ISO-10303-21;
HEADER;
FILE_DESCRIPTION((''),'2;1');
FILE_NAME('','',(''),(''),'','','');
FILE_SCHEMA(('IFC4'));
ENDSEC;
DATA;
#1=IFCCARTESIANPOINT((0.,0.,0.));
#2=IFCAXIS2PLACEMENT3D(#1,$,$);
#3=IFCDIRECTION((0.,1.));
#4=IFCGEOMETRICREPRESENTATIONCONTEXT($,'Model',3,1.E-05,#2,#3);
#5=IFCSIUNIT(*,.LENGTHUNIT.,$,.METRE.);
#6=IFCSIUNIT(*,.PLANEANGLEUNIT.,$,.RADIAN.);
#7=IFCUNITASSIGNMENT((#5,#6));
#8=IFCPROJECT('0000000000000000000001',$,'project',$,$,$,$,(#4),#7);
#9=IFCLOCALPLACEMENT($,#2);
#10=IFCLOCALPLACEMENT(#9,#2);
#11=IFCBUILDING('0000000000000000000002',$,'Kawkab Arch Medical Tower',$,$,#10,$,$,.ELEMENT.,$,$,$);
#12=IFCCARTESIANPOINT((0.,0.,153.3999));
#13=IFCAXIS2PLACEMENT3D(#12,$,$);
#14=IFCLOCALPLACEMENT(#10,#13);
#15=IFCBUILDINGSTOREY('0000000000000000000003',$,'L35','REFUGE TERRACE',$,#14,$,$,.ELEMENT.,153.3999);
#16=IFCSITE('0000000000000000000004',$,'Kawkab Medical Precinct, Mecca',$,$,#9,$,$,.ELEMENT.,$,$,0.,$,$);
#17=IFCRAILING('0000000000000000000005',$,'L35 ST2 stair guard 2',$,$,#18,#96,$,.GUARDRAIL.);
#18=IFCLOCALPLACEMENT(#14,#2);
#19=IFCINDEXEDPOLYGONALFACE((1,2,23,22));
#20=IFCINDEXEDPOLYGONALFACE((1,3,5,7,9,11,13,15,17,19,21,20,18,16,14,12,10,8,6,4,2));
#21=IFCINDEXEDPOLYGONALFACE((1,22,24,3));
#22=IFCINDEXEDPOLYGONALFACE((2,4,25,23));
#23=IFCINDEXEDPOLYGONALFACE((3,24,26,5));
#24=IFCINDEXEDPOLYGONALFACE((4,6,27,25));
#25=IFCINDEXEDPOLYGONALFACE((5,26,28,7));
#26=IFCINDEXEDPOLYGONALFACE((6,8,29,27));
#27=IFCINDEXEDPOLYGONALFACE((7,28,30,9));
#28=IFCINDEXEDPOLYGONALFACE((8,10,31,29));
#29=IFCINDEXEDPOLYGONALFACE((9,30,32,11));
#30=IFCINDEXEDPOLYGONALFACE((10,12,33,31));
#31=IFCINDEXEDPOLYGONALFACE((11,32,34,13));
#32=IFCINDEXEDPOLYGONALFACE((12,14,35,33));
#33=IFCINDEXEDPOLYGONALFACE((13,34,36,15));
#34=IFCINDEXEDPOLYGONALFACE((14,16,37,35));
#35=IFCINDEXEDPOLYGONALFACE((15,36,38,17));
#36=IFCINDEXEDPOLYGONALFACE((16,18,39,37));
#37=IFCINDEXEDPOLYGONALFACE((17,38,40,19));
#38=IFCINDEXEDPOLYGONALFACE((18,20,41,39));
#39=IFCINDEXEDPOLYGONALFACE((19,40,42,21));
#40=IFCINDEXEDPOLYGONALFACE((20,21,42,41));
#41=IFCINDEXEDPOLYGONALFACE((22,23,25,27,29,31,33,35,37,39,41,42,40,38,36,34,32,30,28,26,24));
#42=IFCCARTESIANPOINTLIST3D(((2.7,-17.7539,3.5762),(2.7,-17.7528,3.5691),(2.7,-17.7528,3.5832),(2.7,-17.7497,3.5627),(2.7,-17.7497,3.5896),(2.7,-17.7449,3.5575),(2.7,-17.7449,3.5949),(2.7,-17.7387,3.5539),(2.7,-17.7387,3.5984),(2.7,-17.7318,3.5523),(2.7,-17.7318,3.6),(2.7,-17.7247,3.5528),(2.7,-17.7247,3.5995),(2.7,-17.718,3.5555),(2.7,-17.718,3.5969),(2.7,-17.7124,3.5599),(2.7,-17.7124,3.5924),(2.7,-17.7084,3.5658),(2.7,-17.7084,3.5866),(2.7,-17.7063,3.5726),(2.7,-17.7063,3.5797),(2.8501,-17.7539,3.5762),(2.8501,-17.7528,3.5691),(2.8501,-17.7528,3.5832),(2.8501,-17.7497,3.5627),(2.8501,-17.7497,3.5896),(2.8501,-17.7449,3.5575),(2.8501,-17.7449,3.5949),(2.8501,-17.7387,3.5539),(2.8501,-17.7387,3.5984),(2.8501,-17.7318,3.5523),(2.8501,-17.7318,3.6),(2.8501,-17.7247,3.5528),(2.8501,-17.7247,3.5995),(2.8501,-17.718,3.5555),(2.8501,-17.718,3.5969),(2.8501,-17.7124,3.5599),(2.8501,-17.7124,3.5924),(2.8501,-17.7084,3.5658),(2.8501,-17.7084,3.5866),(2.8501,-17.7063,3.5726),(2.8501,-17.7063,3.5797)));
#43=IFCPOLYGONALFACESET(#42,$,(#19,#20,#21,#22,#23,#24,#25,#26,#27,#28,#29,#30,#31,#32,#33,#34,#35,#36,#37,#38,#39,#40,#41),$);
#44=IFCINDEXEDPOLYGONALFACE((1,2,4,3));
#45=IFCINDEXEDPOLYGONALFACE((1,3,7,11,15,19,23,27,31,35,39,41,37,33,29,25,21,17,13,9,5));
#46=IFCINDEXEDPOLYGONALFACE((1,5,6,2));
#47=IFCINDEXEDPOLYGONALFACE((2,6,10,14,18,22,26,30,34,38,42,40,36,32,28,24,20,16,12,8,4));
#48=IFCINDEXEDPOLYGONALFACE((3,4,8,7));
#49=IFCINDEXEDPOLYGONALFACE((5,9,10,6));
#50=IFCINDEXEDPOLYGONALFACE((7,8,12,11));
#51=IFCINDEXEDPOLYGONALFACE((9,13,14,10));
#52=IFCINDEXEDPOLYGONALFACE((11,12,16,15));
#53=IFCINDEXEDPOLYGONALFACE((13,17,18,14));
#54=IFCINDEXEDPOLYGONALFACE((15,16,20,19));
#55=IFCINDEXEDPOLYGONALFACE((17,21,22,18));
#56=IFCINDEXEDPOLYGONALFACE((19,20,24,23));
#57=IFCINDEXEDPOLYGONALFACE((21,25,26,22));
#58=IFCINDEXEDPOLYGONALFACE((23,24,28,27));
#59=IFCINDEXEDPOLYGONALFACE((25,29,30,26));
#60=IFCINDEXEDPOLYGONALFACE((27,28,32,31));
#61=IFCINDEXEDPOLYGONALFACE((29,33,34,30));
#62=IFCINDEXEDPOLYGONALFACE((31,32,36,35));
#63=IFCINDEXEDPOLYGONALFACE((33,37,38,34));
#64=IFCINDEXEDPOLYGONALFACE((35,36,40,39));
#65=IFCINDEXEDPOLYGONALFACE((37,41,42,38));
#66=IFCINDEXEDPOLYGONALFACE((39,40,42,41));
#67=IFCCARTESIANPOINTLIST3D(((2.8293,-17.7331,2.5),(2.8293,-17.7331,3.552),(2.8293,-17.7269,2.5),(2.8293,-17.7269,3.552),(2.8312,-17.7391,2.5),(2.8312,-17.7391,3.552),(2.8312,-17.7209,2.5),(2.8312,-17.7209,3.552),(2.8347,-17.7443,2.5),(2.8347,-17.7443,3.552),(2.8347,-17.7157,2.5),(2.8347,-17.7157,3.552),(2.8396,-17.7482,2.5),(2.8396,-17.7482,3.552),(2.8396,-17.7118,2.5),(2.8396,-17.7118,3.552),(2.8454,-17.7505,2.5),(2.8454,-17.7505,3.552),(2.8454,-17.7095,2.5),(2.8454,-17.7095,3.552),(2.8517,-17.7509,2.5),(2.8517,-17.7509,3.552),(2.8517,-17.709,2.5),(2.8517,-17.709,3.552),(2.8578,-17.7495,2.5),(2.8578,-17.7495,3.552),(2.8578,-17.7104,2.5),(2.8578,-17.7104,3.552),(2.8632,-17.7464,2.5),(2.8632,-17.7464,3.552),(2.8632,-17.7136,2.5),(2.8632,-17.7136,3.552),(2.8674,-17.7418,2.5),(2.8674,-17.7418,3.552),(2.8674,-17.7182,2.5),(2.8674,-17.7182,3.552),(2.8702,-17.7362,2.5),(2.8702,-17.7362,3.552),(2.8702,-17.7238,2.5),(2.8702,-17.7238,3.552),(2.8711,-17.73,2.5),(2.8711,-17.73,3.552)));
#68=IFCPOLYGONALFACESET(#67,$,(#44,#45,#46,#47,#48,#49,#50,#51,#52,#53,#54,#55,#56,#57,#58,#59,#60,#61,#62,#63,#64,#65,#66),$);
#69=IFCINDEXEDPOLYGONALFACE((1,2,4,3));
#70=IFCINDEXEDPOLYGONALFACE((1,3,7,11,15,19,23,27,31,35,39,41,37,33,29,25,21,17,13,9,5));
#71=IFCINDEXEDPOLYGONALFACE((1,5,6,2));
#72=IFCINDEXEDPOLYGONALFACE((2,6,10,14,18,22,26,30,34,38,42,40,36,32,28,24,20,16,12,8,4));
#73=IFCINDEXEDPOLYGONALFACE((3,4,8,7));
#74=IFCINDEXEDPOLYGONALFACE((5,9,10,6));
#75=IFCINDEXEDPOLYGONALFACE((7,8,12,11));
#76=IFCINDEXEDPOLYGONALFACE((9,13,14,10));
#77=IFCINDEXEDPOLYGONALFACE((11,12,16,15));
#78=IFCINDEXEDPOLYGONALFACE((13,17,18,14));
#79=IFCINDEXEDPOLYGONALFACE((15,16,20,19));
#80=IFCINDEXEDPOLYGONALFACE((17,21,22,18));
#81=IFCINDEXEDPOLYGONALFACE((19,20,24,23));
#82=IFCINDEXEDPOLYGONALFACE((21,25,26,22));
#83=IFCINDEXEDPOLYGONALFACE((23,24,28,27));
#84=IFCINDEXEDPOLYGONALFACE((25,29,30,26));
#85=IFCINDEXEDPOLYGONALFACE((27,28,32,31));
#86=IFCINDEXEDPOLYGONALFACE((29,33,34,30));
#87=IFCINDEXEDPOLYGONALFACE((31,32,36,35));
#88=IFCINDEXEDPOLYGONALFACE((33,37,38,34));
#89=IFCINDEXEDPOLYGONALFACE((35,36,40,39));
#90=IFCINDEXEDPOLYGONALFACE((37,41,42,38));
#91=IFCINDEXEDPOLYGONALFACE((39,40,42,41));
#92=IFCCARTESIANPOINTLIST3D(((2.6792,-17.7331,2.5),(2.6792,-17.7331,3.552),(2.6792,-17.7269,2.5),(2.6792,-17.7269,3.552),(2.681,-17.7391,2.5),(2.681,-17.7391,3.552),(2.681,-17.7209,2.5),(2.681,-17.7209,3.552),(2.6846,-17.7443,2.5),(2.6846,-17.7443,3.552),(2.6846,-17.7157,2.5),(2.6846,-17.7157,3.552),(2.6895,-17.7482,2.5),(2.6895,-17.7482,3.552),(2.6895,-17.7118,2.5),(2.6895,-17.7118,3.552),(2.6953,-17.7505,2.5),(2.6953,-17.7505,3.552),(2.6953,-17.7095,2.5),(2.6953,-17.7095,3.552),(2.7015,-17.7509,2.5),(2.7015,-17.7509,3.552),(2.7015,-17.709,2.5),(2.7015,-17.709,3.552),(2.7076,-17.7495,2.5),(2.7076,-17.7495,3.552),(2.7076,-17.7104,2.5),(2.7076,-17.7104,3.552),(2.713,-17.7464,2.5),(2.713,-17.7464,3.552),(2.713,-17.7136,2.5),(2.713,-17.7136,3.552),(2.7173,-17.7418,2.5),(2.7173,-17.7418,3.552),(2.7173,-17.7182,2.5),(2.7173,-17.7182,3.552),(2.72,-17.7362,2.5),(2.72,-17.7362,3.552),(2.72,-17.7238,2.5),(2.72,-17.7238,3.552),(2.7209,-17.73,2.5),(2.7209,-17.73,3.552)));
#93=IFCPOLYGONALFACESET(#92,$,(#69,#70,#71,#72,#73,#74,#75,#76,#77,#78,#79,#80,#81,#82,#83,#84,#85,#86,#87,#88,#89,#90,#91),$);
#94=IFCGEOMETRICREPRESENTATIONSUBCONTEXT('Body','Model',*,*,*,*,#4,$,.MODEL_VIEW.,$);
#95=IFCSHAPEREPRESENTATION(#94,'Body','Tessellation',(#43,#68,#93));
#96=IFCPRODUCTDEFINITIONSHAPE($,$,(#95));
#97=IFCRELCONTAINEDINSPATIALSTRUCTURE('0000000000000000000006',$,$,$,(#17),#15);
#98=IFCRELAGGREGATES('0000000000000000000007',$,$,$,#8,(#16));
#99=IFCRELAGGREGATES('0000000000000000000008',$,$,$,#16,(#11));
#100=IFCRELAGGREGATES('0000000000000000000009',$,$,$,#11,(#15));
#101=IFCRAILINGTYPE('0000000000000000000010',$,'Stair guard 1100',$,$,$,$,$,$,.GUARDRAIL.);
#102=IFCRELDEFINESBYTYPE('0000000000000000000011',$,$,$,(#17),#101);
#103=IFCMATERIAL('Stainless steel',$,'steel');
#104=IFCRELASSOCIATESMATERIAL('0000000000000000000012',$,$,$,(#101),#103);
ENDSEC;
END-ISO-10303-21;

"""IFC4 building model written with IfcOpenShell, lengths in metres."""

from ifc_helpers import new_model, si_unit, direction, frame, origin, origin_2d, place, context, subcontext, project, spatial, circle, extrude, material, type_object, element, save


model = new_model("IFC4")

# Units and contexts
model_context = context("Model", 3, precision=1e-05, world=origin(), true_north=direction((0.0, 1.0)))
body_context = subcontext(model_context, "Body", "Model", "MODEL_VIEW")
ifc_project = project(units=[si_unit("LENGTHUNIT", "METRE"), si_unit("PLANEANGLEUNIT", "RADIAN")], contexts=[model_context])

# Site, building, storey
site_placement = place(None, origin())
site = spatial("IfcSite", under=ifc_project, at=site_placement, Name="Kawkab Medical Precinct, Mecca", CompositionType="ELEMENT", RefElevation=0.0)
building_placement = place(site_placement, origin())
building = spatial("IfcBuilding", under=site, at=building_placement, Name="Kawkab Arch Medical Tower", CompositionType="ELEMENT")
storey_placement = place(building_placement, frame((0.0, 0.0, 153.3999)))
storey = spatial("IfcBuildingStorey", under=building, at=storey_placement, Name="L35", Description="REFUGE TERRACE", CompositionType="ELEMENT", Elevation=153.3999)

# Railing
ifc_material_1 = material(Name="Stainless steel", Category="steel")
railing_type_1 = type_object("IfcRailingType", Name="Stair guard 1100", PredefinedType="GUARDRAIL", material=ifc_material_1)
railing_1_placement = place(storey_placement, frame((2.8501, -17.73, 2.5)))
element("IfcRailing", 1, at=railing_1_placement, inside=storey, type_object=railing_type_1, Name="L35 ST2 stair guard 2", PredefinedType="GUARDRAIL", context=body_context, shape_type="SweptSolid", body=[
    extrude(circle(Radius=0.0239, at=origin_2d()), frame((0.0, 0.0, 1.0762), z_axis=(-1.0, 0.0, 0.0), x_axis=(0.0, -1.0, 0.0)), (0.0, 0.0, 1.0), 0.1501),
    extrude(circle(Radius=0.021, at=origin_2d()), origin(), (0.0, 0.0, 1.0), 1.052),
    extrude(circle(Radius=0.021, at=origin_2d()), frame((-0.1501, 0.0, 0.0)), (0.0, 0.0, 1.0), 1.052),
])

save(model, "model.ifc")
